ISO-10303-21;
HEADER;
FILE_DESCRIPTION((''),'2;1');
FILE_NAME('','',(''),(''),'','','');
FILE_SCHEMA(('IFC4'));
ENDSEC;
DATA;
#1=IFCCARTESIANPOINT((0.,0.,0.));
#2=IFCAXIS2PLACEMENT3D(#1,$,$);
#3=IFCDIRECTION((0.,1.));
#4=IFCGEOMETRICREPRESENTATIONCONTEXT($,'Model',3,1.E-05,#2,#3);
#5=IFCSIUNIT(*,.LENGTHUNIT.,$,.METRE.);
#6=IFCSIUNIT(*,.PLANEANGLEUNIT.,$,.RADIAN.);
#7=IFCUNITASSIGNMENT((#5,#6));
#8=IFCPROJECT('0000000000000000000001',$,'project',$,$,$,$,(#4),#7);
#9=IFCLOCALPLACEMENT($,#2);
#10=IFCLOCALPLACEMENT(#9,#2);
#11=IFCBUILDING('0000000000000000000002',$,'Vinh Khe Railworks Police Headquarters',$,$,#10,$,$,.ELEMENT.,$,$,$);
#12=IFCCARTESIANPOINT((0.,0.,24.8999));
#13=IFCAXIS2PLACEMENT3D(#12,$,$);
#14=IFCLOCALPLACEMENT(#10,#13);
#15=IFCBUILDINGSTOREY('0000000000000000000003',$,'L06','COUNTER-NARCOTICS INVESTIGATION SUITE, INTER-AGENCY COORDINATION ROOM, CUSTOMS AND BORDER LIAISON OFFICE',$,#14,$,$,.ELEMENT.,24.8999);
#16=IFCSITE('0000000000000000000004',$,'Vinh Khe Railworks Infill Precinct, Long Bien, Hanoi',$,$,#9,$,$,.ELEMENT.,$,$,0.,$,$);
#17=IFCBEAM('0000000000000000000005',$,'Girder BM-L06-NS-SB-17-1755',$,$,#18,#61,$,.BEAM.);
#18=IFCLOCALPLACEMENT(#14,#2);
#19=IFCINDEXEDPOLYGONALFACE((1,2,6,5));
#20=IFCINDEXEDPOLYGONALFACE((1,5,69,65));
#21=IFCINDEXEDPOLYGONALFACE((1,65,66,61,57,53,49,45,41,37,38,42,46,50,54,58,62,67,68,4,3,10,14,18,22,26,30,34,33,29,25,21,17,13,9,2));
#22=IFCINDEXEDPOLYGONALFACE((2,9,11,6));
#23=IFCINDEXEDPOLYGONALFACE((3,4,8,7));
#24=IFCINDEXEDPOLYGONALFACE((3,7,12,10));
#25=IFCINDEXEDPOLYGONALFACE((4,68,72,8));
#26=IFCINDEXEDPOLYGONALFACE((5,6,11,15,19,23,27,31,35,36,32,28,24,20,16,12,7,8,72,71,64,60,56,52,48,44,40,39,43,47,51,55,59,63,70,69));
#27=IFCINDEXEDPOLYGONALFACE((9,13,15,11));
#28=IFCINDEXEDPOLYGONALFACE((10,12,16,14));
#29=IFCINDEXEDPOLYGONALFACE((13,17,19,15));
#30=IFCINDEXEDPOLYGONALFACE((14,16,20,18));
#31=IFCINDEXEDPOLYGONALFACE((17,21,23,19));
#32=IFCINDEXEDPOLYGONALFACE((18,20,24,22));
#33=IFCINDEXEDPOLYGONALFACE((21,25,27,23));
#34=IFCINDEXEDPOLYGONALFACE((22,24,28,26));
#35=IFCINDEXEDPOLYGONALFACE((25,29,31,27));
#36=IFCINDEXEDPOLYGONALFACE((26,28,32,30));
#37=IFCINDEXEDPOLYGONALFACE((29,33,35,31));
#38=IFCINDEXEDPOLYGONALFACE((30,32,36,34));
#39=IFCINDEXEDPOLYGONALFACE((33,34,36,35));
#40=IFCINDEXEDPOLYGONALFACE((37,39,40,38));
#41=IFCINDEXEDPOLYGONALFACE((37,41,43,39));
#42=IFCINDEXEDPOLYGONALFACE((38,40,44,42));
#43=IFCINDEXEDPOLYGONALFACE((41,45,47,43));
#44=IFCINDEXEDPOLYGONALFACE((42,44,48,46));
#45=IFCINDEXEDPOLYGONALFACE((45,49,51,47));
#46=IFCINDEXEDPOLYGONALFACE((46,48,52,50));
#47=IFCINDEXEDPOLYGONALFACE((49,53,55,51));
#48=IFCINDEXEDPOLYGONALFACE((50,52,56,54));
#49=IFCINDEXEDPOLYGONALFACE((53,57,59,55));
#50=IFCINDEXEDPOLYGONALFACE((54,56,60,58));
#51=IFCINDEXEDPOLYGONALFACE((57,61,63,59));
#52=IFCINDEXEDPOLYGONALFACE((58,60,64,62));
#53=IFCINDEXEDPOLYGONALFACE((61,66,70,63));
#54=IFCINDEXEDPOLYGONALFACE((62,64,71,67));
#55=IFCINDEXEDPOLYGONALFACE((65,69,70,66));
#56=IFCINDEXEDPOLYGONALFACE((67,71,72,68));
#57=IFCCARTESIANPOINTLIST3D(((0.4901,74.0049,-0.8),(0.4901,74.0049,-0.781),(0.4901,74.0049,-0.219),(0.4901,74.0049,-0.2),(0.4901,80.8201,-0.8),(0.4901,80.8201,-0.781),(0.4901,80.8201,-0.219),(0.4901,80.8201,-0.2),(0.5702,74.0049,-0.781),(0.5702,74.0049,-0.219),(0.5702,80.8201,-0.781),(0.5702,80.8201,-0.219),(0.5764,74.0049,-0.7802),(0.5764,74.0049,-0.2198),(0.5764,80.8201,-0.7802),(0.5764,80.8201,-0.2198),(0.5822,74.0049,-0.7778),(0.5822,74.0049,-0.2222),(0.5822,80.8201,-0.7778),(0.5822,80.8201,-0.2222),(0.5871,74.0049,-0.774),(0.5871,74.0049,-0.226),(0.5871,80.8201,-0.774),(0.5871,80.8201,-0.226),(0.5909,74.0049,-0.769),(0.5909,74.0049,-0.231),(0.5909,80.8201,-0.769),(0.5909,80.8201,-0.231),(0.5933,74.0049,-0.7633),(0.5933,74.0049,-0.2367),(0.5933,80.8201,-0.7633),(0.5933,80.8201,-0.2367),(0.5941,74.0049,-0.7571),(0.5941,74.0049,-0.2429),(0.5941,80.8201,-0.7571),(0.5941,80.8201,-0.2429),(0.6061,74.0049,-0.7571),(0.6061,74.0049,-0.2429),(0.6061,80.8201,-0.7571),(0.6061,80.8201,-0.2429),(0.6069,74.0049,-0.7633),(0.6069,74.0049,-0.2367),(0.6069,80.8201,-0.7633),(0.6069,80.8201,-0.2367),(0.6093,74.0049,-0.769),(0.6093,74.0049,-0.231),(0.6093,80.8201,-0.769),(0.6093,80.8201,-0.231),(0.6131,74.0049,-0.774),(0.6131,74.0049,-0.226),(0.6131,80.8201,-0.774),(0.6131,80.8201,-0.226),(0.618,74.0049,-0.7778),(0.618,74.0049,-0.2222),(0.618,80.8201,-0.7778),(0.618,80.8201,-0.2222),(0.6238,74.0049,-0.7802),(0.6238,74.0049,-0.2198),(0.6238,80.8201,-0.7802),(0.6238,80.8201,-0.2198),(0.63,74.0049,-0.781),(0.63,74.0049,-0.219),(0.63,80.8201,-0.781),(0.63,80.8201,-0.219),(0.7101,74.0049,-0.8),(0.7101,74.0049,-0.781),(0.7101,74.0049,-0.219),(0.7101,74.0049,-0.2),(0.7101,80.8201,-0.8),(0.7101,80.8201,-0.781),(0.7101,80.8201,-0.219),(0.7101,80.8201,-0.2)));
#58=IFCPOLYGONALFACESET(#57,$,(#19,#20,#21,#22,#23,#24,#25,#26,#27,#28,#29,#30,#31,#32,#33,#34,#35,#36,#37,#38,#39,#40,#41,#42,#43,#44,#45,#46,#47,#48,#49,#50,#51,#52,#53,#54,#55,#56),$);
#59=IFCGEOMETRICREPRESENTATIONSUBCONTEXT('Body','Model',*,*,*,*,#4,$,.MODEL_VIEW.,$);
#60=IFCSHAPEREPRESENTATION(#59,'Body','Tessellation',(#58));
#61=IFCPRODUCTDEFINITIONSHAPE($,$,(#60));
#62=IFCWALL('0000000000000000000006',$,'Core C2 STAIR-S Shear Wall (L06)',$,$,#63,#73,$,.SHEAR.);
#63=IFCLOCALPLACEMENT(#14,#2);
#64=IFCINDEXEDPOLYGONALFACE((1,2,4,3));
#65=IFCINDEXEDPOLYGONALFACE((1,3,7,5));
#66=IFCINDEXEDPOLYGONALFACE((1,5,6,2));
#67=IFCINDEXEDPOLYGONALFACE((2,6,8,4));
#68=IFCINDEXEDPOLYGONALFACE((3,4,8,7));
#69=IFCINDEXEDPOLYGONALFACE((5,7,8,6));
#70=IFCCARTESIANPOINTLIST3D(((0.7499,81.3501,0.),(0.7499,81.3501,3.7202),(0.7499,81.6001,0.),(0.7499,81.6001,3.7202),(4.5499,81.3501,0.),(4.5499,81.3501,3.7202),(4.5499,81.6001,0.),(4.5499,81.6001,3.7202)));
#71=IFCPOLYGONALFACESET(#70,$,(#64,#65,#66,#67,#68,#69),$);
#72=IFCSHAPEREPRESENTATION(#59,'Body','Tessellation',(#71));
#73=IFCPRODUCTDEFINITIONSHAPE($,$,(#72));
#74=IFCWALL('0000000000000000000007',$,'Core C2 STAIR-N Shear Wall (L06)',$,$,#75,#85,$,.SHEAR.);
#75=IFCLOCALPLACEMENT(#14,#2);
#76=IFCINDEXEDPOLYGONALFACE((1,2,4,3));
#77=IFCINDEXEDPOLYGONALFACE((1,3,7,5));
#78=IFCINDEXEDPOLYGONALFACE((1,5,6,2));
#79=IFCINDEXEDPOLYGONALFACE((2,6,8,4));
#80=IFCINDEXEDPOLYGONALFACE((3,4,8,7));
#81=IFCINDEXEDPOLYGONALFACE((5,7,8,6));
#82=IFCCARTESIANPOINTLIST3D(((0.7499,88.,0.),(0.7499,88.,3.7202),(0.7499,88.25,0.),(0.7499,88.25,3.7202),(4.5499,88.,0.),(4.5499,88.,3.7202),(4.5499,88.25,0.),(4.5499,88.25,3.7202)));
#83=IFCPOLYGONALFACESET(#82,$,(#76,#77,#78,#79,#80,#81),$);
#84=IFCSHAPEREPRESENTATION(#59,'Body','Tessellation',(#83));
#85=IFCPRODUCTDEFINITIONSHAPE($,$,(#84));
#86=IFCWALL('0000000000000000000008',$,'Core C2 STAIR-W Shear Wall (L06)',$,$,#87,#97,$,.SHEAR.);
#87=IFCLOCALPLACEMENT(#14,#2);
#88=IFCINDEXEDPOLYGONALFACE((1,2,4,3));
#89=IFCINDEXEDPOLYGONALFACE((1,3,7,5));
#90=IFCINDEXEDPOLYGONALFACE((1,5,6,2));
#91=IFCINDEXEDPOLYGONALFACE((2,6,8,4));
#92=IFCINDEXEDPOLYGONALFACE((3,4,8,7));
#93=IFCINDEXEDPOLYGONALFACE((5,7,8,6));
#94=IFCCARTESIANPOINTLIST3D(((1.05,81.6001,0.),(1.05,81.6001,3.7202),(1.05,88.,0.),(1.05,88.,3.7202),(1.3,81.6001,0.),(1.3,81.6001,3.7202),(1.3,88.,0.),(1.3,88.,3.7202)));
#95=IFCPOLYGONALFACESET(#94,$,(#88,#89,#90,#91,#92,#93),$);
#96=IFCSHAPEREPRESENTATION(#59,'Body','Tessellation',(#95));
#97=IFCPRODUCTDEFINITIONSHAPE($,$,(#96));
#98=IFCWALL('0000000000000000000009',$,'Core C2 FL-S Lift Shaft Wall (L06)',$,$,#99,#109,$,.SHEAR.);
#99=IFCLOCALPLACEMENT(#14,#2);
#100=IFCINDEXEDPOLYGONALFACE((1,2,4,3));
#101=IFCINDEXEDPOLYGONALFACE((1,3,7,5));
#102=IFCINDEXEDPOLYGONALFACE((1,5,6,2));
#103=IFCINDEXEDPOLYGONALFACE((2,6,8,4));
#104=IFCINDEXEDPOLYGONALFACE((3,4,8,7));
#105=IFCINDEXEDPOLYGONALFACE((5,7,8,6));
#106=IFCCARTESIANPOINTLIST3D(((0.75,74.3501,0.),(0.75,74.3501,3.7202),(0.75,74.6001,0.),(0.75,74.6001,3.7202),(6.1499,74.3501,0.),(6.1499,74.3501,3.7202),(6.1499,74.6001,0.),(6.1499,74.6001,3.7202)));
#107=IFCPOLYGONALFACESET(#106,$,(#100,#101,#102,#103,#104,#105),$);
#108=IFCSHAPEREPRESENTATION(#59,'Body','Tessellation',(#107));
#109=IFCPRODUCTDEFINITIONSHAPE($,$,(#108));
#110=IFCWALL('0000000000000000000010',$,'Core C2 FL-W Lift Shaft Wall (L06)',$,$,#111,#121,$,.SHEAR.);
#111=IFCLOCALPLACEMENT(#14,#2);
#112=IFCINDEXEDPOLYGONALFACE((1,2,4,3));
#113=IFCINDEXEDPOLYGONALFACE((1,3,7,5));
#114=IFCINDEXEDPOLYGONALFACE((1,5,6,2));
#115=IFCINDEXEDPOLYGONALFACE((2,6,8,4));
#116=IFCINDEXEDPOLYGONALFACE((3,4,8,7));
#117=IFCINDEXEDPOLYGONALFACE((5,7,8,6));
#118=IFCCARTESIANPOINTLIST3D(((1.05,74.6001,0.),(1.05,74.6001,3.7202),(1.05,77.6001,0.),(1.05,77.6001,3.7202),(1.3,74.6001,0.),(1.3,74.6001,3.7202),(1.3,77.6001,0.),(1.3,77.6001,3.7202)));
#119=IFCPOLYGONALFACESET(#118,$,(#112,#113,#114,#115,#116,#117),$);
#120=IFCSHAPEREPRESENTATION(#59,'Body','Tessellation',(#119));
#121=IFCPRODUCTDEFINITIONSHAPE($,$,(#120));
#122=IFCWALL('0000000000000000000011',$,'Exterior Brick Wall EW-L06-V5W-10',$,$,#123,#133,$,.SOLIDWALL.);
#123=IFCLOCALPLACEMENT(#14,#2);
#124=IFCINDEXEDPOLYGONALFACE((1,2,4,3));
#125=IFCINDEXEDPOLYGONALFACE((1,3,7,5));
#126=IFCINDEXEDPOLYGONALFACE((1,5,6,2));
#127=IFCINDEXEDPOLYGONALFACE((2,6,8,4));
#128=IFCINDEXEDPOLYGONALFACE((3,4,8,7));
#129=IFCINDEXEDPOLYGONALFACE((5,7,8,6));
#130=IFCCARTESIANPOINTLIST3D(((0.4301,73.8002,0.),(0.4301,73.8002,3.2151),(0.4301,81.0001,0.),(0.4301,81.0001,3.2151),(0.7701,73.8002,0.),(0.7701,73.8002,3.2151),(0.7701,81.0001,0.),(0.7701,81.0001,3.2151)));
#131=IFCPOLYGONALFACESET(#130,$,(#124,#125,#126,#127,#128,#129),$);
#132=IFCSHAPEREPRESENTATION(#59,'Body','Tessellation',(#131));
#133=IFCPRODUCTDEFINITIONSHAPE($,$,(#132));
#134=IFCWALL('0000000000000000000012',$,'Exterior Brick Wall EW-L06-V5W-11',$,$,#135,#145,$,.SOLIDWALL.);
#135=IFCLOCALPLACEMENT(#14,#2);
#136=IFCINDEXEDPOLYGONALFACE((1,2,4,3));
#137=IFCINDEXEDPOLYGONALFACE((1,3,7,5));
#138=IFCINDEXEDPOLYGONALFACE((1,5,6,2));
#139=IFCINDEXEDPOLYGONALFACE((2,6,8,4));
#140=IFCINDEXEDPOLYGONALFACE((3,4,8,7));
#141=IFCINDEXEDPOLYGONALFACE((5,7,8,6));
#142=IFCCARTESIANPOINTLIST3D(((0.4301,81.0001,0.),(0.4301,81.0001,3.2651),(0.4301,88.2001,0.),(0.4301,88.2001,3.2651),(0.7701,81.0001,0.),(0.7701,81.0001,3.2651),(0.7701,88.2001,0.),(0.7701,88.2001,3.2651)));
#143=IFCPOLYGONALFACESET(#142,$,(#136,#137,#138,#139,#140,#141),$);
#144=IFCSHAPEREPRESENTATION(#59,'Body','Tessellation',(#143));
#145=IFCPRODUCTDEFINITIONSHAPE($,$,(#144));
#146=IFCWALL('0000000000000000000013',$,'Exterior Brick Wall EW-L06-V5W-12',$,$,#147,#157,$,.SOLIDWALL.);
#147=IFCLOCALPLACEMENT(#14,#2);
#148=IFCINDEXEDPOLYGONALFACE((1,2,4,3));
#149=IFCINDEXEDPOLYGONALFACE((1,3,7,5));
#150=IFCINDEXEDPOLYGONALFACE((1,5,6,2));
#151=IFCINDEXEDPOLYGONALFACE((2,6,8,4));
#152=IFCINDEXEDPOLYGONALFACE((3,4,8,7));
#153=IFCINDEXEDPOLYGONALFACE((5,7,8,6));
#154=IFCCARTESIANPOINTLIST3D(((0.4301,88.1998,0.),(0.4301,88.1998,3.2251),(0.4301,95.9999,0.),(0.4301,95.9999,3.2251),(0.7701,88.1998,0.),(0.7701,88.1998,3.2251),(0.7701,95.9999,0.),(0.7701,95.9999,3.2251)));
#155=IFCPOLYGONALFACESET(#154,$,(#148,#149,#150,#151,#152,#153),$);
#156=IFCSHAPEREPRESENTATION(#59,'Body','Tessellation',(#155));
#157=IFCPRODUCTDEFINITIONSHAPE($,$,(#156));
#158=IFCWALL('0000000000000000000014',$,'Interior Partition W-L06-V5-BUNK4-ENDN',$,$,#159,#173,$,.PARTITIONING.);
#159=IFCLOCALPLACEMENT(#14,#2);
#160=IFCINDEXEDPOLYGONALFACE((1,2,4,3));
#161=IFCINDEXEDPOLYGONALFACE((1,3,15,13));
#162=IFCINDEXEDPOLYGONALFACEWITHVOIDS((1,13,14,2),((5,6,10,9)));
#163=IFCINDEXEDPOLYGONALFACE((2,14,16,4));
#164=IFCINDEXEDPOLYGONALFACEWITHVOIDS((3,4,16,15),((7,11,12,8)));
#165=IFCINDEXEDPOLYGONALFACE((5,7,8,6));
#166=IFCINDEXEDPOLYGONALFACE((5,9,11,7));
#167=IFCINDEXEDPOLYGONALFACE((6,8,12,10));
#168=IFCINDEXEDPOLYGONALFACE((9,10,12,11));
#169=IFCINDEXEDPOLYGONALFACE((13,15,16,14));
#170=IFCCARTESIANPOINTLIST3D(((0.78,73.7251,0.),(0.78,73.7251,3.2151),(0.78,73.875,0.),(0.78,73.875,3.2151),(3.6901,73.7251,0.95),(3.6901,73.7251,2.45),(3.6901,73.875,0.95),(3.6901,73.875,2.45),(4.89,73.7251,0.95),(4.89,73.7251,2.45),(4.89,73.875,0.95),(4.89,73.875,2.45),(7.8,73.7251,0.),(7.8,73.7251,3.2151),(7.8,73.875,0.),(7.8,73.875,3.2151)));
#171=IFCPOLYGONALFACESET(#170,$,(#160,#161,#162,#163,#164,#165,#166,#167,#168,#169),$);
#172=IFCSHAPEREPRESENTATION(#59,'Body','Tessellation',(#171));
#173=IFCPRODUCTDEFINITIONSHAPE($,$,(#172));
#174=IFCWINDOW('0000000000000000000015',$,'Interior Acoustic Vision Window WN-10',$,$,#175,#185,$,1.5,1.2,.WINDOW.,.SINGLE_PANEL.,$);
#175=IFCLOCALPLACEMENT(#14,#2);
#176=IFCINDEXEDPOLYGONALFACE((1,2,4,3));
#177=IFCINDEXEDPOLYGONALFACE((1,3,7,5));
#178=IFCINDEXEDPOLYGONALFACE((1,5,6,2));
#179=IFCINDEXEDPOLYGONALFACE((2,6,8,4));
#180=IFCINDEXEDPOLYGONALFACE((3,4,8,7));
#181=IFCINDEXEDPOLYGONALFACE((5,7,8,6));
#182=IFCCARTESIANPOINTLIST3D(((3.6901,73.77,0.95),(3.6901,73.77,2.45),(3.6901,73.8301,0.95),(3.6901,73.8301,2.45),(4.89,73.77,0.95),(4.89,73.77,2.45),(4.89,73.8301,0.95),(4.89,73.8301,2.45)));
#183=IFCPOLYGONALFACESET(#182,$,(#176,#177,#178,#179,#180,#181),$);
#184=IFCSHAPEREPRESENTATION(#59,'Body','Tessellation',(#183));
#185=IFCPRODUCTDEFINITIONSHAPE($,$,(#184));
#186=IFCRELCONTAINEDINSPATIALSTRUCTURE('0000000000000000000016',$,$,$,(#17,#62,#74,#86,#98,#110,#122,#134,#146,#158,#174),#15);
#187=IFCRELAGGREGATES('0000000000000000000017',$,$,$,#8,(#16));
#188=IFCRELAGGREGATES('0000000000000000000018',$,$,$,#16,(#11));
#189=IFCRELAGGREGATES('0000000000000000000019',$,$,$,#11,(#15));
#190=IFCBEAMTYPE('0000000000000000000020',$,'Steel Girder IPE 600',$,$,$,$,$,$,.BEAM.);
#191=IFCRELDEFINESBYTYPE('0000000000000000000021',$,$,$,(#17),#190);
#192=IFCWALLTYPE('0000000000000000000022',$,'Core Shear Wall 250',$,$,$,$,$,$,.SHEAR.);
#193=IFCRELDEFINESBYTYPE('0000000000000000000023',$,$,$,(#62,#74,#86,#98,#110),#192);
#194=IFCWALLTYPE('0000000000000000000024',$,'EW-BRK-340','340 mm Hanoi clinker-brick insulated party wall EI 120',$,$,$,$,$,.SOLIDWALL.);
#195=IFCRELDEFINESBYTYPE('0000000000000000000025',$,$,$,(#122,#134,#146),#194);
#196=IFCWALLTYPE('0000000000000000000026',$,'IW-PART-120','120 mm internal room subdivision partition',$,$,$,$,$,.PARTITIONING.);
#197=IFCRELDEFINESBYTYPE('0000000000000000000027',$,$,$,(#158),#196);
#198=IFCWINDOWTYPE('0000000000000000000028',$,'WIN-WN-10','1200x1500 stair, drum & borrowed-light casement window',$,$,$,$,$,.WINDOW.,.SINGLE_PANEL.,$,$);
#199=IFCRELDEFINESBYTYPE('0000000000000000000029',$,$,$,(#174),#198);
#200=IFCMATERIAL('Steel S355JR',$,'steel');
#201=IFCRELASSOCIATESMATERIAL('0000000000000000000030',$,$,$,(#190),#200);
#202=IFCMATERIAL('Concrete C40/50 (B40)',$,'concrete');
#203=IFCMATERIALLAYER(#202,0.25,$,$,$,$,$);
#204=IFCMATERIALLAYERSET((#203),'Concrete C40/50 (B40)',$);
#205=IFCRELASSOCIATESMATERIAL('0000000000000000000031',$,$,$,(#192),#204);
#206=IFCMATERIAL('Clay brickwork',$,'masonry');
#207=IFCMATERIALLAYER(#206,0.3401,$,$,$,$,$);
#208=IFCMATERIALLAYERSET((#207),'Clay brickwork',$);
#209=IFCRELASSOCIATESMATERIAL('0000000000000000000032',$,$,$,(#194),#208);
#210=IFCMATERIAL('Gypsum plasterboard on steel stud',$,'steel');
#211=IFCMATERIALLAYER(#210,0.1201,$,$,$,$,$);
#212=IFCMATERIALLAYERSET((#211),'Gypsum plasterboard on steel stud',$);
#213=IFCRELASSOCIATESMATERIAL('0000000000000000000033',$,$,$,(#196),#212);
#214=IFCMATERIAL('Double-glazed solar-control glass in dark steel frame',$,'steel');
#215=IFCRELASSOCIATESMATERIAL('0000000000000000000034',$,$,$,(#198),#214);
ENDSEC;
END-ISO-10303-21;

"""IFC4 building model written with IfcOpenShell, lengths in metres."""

from ifc_helpers import new_model, si_unit, direction, frame, frame_2d, origin, origin_2d, place, context, subcontext, project, spatial, rectangle, i_section, extrude, material, layer, layer_set, material_profile, profile_set, type_object, element, fill, save


model = new_model("IFC4")

# Units and contexts
model_context = context("Model", 3, precision=1e-05, world=origin(), true_north=direction((0.0, 1.0)))
body_context = subcontext(model_context, "Body", "Model", "MODEL_VIEW")
ifc_project = project(units=[si_unit("LENGTHUNIT", "METRE"), si_unit("PLANEANGLEUNIT", "RADIAN")], contexts=[model_context])

# Site, building, storey
site_placement = place(None, origin())
site = spatial("IfcSite", under=ifc_project, at=site_placement, Name="Vinh Khe Railworks Infill Precinct, Long Bien, Hanoi", CompositionType="ELEMENT", RefElevation=0.0)
building_placement = place(site_placement, origin())
building = spatial("IfcBuilding", under=site, at=building_placement, Name="Vinh Khe Railworks Police Headquarters", CompositionType="ELEMENT")
storey_placement = place(building_placement, frame((0.0, 0.0, 24.8999)))
storey = spatial("IfcBuildingStorey", under=building, at=storey_placement, Name="L06", Description="COUNTER-NARCOTICS INVESTIGATION SUITE, INTER-AGENCY COORDINATION ROOM, CUSTOMS AND BORDER LIAISON OFFICE", CompositionType="ELEMENT", Elevation=24.8999)

# Shared definitions
ifc_material_1 = material(Name="Steel S355JR", Category="steel")

# Beam
ifc_material_profile_1 = material_profile(ifc_material_1, i_section(OverallWidth=0.22, OverallDepth=0.6001, WebThickness=0.012, FlangeThickness=0.019, FilletRadius=0.0239, at=origin_2d()), Name="IPE 600")
ifc_profile_set_1 = profile_set([ifc_material_profile_1], Name="Steel S355JR")
beam_type_1 = type_object("IfcBeamType", Name="Steel Girder IPE 600", PredefinedType="BEAM", material=ifc_profile_set_1)
beam_1_placement = place(storey_placement, frame((0.6001, 74.0049, -0.5), z_axis=(0.0, 1.0, 0.0), x_axis=(-1.0, 0.0, 0.0)))
element("IfcBeam", 1, at=beam_1_placement, inside=storey, type_object=beam_type_1, Name="Girder BM-L06-NS-SB-17-1755", PredefinedType="BEAM", context=body_context, shape_type="SweptSolid", body=[
    extrude(i_section(OverallWidth=0.22, OverallDepth=0.6001, WebThickness=0.012, FlangeThickness=0.019, FilletRadius=0.0239, at=origin_2d()), origin(), (0.0, 0.0, 1.0), 6.8152),
])

# Walls
ifc_material_2 = material(Name="Concrete C40/50 (B40)", Category="concrete")
ifc_layer_1 = layer(ifc_material_2, 0.25)
ifc_layer_set_1 = layer_set([ifc_layer_1], Name="Concrete C40/50 (B40)")
wall_type_1 = type_object("IfcWallType", Name="Core Shear Wall 250", PredefinedType="SHEAR", material=ifc_layer_set_1)
for number, where, z_axis, x_axis, name in (
    (2, (0.75, 81.4751, 0.0), (0.0, 0.0, 1.0), (1.0, 0.0, 0.0), "Core C2 STAIR-S Shear Wall (L06)"),
    (3, (0.75, 88.125, 0.0), (0.0, 0.0, 1.0), (1.0, 0.0, 0.0), "Core C2 STAIR-N Shear Wall (L06)"),
):
    element("IfcWall", number, at=place(storey_placement, frame(where, z_axis=z_axis, x_axis=x_axis)), inside=storey, type_object=wall_type_1, Name=name, PredefinedType="SHEAR", context=body_context, shape_type="SweptSolid", body=[
        extrude(rectangle(XDim=3.8, YDim=0.25, at=frame_2d((1.8999, 0.0))), origin(), (0.0, 0.0, 1.0), 3.7202),
    ])
wall_1_placement = place(storey_placement, frame((1.175, 81.6001, 0.0), z_axis=(0.0, 0.0, 1.0), x_axis=(0.0, 1.0, 0.0)))
element("IfcWall", 4, at=wall_1_placement, inside=storey, type_object=wall_type_1, Name="Core C2 STAIR-W Shear Wall (L06)", PredefinedType="SHEAR", context=body_context, shape_type="SweptSolid", body=[
    extrude(rectangle(XDim=6.3999, YDim=0.25, at=frame_2d((3.2, 0.0))), origin(), (0.0, 0.0, 1.0), 3.7202),
])
wall_2_placement = place(storey_placement, frame((0.75, 74.4751, 0.0), z_axis=(0.0, 0.0, 1.0), x_axis=(1.0, 0.0, 0.0)))
element("IfcWall", 5, at=wall_2_placement, inside=storey, type_object=wall_type_1, Name="Core C2 FL-S Lift Shaft Wall (L06)", PredefinedType="SHEAR", context=body_context, shape_type="SweptSolid", body=[
    extrude(rectangle(XDim=5.3999, YDim=0.25, at=frame_2d((2.7, 0.0))), origin(), (0.0, 0.0, 1.0), 3.7202),
])

# Walls
wall_3_placement = place(storey_placement, frame((1.175, 74.6001, 0.0), z_axis=(0.0, 0.0, 1.0), x_axis=(0.0, 1.0, 0.0)))
element("IfcWall", 6, at=wall_3_placement, inside=storey, type_object=wall_type_1, Name="Core C2 FL-W Lift Shaft Wall (L06)", PredefinedType="SHEAR", context=body_context, shape_type="SweptSolid", body=[
    extrude(rectangle(XDim=3.0, YDim=0.25, at=frame_2d((1.5, 0.0))), origin(), (0.0, 0.0, 1.0), 3.7202),
])
ifc_material_3 = material(Name="Clay brickwork", Category="masonry")
ifc_layer_2 = layer(ifc_material_3, 0.3401)
ifc_layer_set_2 = layer_set([ifc_layer_2], Name="Clay brickwork")
wall_type_2 = type_object("IfcWallType", Name="EW-BRK-340", Description="340 mm Hanoi clinker-brick insulated party wall EI 120", PredefinedType="SOLIDWALL", material=ifc_layer_set_2)
wall_4_placement = place(storey_placement, frame((0.6001, 73.8, 0.0), z_axis=(0.0, 0.0, 1.0), x_axis=(0.0, 1.0, 0.0)))
element("IfcWall", 7, at=wall_4_placement, inside=storey, type_object=wall_type_2, Name="Exterior Brick Wall EW-L06-V5W-10", PredefinedType="SOLIDWALL", context=body_context, shape_type="SweptSolid", body=[
    extrude(rectangle(XDim=7.2, YDim=0.3401, at=frame_2d((3.6001, 0.0))), origin(), (0.0, 0.0, 1.0), 3.2151),
])
wall_5_placement = place(storey_placement, frame((0.6001, 81.0, 0.0), z_axis=(0.0, 0.0, 1.0), x_axis=(0.0, 1.0, 0.0)))
element("IfcWall", 8, at=wall_5_placement, inside=storey, type_object=wall_type_2, Name="Exterior Brick Wall EW-L06-V5W-11", PredefinedType="SOLIDWALL", context=body_context, shape_type="SweptSolid", body=[
    extrude(rectangle(XDim=7.2, YDim=0.3401, at=frame_2d((3.6001, 0.0))), origin(), (0.0, 0.0, 1.0), 3.2651),
])
wall_6_placement = place(storey_placement, frame((0.6001, 88.2, 0.0), z_axis=(0.0, 0.0, 1.0), x_axis=(0.0, 1.0, 0.0)))
element("IfcWall", 9, at=wall_6_placement, inside=storey, type_object=wall_type_2, Name="Exterior Brick Wall EW-L06-V5W-12", PredefinedType="SOLIDWALL", context=body_context, shape_type="SweptSolid", body=[
    extrude(rectangle(XDim=7.8, YDim=0.3401, at=frame_2d((3.8999, 0.0))), origin(), (0.0, 0.0, 1.0), 3.2251),
])

# Wall, opening, window
ifc_material_4 = material(Name="Gypsum plasterboard on steel stud", Category="steel")
ifc_layer_3 = layer(ifc_material_4, 0.1201)
ifc_layer_set_3 = layer_set([ifc_layer_3], Name="Gypsum plasterboard on steel stud")
wall_type_3 = type_object("IfcWallType", Name="IW-PART-120", Description="120 mm internal room subdivision partition", PredefinedType="PARTITIONING", material=ifc_layer_set_3)
wall_7_placement = place(storey_placement, frame((0.78, 73.8, 0.0), z_axis=(0.0, 0.0, 1.0), x_axis=(1.0, 0.0, 0.0)))
wall_7 = element("IfcWall", 10, at=wall_7_placement, inside=storey, type_object=wall_type_3, Name="Interior Partition W-L06-V5-BUNK4-ENDN", PredefinedType="PARTITIONING", context=body_context, shape_type="SweptSolid", body=[
    extrude(rectangle(XDim=7.02, YDim=0.1499, at=frame_2d((3.51, 0.0))), origin(), (0.0, 0.0, 1.0), 3.2151),
])
opening_1_placement = place(wall_7_placement, frame((2.9099, 0.0, 0.95)))
opening_1 = element("IfcOpeningElement", 11, at=opening_1_placement, cuts=wall_7, PredefinedType="OPENING", context=body_context, shape_type="SweptSolid", body=[
    extrude(rectangle(XDim=1.2, YDim=1.5, at=frame_2d((0.6001, 0.75))), frame((0.0, 0.0898, 0.0), z_axis=(0.0, -1.0, 0.0), x_axis=(1.0, 0.0, 0.0)), (0.0, 0.0, 1.0), 0.1797),
])
ifc_material_5 = material(Name="Double-glazed solar-control glass in dark steel frame", Category="steel")
window_type = type_object("IfcWindowType", Name="WIN-WN-10", Description="1200x1500 stair, drum & borrowed-light casement window", PartitioningType="SINGLE_PANEL", PredefinedType="WINDOW", material=ifc_material_5)
window_placement = place(opening_1_placement, origin())
window = element("IfcWindow", 12, at=window_placement, inside=storey, type_object=window_type, Name="Interior Acoustic Vision Window WN-10", OverallHeight=1.5, OverallWidth=1.2, PartitioningType="SINGLE_PANEL", PredefinedType="WINDOW", context=body_context, shape_type="SweptSolid", body=[
    extrude(rectangle(XDim=1.2, YDim=1.5, at=frame_2d((0.6001, 0.75))), frame((0.0, 0.03, 0.0), z_axis=(0.0, -1.0, 0.0), x_axis=(1.0, 0.0, 0.0)), (0.0, 0.0, 1.0), 0.0601),
])
fill(opening_1, window)

save(model, "model.ifc")
